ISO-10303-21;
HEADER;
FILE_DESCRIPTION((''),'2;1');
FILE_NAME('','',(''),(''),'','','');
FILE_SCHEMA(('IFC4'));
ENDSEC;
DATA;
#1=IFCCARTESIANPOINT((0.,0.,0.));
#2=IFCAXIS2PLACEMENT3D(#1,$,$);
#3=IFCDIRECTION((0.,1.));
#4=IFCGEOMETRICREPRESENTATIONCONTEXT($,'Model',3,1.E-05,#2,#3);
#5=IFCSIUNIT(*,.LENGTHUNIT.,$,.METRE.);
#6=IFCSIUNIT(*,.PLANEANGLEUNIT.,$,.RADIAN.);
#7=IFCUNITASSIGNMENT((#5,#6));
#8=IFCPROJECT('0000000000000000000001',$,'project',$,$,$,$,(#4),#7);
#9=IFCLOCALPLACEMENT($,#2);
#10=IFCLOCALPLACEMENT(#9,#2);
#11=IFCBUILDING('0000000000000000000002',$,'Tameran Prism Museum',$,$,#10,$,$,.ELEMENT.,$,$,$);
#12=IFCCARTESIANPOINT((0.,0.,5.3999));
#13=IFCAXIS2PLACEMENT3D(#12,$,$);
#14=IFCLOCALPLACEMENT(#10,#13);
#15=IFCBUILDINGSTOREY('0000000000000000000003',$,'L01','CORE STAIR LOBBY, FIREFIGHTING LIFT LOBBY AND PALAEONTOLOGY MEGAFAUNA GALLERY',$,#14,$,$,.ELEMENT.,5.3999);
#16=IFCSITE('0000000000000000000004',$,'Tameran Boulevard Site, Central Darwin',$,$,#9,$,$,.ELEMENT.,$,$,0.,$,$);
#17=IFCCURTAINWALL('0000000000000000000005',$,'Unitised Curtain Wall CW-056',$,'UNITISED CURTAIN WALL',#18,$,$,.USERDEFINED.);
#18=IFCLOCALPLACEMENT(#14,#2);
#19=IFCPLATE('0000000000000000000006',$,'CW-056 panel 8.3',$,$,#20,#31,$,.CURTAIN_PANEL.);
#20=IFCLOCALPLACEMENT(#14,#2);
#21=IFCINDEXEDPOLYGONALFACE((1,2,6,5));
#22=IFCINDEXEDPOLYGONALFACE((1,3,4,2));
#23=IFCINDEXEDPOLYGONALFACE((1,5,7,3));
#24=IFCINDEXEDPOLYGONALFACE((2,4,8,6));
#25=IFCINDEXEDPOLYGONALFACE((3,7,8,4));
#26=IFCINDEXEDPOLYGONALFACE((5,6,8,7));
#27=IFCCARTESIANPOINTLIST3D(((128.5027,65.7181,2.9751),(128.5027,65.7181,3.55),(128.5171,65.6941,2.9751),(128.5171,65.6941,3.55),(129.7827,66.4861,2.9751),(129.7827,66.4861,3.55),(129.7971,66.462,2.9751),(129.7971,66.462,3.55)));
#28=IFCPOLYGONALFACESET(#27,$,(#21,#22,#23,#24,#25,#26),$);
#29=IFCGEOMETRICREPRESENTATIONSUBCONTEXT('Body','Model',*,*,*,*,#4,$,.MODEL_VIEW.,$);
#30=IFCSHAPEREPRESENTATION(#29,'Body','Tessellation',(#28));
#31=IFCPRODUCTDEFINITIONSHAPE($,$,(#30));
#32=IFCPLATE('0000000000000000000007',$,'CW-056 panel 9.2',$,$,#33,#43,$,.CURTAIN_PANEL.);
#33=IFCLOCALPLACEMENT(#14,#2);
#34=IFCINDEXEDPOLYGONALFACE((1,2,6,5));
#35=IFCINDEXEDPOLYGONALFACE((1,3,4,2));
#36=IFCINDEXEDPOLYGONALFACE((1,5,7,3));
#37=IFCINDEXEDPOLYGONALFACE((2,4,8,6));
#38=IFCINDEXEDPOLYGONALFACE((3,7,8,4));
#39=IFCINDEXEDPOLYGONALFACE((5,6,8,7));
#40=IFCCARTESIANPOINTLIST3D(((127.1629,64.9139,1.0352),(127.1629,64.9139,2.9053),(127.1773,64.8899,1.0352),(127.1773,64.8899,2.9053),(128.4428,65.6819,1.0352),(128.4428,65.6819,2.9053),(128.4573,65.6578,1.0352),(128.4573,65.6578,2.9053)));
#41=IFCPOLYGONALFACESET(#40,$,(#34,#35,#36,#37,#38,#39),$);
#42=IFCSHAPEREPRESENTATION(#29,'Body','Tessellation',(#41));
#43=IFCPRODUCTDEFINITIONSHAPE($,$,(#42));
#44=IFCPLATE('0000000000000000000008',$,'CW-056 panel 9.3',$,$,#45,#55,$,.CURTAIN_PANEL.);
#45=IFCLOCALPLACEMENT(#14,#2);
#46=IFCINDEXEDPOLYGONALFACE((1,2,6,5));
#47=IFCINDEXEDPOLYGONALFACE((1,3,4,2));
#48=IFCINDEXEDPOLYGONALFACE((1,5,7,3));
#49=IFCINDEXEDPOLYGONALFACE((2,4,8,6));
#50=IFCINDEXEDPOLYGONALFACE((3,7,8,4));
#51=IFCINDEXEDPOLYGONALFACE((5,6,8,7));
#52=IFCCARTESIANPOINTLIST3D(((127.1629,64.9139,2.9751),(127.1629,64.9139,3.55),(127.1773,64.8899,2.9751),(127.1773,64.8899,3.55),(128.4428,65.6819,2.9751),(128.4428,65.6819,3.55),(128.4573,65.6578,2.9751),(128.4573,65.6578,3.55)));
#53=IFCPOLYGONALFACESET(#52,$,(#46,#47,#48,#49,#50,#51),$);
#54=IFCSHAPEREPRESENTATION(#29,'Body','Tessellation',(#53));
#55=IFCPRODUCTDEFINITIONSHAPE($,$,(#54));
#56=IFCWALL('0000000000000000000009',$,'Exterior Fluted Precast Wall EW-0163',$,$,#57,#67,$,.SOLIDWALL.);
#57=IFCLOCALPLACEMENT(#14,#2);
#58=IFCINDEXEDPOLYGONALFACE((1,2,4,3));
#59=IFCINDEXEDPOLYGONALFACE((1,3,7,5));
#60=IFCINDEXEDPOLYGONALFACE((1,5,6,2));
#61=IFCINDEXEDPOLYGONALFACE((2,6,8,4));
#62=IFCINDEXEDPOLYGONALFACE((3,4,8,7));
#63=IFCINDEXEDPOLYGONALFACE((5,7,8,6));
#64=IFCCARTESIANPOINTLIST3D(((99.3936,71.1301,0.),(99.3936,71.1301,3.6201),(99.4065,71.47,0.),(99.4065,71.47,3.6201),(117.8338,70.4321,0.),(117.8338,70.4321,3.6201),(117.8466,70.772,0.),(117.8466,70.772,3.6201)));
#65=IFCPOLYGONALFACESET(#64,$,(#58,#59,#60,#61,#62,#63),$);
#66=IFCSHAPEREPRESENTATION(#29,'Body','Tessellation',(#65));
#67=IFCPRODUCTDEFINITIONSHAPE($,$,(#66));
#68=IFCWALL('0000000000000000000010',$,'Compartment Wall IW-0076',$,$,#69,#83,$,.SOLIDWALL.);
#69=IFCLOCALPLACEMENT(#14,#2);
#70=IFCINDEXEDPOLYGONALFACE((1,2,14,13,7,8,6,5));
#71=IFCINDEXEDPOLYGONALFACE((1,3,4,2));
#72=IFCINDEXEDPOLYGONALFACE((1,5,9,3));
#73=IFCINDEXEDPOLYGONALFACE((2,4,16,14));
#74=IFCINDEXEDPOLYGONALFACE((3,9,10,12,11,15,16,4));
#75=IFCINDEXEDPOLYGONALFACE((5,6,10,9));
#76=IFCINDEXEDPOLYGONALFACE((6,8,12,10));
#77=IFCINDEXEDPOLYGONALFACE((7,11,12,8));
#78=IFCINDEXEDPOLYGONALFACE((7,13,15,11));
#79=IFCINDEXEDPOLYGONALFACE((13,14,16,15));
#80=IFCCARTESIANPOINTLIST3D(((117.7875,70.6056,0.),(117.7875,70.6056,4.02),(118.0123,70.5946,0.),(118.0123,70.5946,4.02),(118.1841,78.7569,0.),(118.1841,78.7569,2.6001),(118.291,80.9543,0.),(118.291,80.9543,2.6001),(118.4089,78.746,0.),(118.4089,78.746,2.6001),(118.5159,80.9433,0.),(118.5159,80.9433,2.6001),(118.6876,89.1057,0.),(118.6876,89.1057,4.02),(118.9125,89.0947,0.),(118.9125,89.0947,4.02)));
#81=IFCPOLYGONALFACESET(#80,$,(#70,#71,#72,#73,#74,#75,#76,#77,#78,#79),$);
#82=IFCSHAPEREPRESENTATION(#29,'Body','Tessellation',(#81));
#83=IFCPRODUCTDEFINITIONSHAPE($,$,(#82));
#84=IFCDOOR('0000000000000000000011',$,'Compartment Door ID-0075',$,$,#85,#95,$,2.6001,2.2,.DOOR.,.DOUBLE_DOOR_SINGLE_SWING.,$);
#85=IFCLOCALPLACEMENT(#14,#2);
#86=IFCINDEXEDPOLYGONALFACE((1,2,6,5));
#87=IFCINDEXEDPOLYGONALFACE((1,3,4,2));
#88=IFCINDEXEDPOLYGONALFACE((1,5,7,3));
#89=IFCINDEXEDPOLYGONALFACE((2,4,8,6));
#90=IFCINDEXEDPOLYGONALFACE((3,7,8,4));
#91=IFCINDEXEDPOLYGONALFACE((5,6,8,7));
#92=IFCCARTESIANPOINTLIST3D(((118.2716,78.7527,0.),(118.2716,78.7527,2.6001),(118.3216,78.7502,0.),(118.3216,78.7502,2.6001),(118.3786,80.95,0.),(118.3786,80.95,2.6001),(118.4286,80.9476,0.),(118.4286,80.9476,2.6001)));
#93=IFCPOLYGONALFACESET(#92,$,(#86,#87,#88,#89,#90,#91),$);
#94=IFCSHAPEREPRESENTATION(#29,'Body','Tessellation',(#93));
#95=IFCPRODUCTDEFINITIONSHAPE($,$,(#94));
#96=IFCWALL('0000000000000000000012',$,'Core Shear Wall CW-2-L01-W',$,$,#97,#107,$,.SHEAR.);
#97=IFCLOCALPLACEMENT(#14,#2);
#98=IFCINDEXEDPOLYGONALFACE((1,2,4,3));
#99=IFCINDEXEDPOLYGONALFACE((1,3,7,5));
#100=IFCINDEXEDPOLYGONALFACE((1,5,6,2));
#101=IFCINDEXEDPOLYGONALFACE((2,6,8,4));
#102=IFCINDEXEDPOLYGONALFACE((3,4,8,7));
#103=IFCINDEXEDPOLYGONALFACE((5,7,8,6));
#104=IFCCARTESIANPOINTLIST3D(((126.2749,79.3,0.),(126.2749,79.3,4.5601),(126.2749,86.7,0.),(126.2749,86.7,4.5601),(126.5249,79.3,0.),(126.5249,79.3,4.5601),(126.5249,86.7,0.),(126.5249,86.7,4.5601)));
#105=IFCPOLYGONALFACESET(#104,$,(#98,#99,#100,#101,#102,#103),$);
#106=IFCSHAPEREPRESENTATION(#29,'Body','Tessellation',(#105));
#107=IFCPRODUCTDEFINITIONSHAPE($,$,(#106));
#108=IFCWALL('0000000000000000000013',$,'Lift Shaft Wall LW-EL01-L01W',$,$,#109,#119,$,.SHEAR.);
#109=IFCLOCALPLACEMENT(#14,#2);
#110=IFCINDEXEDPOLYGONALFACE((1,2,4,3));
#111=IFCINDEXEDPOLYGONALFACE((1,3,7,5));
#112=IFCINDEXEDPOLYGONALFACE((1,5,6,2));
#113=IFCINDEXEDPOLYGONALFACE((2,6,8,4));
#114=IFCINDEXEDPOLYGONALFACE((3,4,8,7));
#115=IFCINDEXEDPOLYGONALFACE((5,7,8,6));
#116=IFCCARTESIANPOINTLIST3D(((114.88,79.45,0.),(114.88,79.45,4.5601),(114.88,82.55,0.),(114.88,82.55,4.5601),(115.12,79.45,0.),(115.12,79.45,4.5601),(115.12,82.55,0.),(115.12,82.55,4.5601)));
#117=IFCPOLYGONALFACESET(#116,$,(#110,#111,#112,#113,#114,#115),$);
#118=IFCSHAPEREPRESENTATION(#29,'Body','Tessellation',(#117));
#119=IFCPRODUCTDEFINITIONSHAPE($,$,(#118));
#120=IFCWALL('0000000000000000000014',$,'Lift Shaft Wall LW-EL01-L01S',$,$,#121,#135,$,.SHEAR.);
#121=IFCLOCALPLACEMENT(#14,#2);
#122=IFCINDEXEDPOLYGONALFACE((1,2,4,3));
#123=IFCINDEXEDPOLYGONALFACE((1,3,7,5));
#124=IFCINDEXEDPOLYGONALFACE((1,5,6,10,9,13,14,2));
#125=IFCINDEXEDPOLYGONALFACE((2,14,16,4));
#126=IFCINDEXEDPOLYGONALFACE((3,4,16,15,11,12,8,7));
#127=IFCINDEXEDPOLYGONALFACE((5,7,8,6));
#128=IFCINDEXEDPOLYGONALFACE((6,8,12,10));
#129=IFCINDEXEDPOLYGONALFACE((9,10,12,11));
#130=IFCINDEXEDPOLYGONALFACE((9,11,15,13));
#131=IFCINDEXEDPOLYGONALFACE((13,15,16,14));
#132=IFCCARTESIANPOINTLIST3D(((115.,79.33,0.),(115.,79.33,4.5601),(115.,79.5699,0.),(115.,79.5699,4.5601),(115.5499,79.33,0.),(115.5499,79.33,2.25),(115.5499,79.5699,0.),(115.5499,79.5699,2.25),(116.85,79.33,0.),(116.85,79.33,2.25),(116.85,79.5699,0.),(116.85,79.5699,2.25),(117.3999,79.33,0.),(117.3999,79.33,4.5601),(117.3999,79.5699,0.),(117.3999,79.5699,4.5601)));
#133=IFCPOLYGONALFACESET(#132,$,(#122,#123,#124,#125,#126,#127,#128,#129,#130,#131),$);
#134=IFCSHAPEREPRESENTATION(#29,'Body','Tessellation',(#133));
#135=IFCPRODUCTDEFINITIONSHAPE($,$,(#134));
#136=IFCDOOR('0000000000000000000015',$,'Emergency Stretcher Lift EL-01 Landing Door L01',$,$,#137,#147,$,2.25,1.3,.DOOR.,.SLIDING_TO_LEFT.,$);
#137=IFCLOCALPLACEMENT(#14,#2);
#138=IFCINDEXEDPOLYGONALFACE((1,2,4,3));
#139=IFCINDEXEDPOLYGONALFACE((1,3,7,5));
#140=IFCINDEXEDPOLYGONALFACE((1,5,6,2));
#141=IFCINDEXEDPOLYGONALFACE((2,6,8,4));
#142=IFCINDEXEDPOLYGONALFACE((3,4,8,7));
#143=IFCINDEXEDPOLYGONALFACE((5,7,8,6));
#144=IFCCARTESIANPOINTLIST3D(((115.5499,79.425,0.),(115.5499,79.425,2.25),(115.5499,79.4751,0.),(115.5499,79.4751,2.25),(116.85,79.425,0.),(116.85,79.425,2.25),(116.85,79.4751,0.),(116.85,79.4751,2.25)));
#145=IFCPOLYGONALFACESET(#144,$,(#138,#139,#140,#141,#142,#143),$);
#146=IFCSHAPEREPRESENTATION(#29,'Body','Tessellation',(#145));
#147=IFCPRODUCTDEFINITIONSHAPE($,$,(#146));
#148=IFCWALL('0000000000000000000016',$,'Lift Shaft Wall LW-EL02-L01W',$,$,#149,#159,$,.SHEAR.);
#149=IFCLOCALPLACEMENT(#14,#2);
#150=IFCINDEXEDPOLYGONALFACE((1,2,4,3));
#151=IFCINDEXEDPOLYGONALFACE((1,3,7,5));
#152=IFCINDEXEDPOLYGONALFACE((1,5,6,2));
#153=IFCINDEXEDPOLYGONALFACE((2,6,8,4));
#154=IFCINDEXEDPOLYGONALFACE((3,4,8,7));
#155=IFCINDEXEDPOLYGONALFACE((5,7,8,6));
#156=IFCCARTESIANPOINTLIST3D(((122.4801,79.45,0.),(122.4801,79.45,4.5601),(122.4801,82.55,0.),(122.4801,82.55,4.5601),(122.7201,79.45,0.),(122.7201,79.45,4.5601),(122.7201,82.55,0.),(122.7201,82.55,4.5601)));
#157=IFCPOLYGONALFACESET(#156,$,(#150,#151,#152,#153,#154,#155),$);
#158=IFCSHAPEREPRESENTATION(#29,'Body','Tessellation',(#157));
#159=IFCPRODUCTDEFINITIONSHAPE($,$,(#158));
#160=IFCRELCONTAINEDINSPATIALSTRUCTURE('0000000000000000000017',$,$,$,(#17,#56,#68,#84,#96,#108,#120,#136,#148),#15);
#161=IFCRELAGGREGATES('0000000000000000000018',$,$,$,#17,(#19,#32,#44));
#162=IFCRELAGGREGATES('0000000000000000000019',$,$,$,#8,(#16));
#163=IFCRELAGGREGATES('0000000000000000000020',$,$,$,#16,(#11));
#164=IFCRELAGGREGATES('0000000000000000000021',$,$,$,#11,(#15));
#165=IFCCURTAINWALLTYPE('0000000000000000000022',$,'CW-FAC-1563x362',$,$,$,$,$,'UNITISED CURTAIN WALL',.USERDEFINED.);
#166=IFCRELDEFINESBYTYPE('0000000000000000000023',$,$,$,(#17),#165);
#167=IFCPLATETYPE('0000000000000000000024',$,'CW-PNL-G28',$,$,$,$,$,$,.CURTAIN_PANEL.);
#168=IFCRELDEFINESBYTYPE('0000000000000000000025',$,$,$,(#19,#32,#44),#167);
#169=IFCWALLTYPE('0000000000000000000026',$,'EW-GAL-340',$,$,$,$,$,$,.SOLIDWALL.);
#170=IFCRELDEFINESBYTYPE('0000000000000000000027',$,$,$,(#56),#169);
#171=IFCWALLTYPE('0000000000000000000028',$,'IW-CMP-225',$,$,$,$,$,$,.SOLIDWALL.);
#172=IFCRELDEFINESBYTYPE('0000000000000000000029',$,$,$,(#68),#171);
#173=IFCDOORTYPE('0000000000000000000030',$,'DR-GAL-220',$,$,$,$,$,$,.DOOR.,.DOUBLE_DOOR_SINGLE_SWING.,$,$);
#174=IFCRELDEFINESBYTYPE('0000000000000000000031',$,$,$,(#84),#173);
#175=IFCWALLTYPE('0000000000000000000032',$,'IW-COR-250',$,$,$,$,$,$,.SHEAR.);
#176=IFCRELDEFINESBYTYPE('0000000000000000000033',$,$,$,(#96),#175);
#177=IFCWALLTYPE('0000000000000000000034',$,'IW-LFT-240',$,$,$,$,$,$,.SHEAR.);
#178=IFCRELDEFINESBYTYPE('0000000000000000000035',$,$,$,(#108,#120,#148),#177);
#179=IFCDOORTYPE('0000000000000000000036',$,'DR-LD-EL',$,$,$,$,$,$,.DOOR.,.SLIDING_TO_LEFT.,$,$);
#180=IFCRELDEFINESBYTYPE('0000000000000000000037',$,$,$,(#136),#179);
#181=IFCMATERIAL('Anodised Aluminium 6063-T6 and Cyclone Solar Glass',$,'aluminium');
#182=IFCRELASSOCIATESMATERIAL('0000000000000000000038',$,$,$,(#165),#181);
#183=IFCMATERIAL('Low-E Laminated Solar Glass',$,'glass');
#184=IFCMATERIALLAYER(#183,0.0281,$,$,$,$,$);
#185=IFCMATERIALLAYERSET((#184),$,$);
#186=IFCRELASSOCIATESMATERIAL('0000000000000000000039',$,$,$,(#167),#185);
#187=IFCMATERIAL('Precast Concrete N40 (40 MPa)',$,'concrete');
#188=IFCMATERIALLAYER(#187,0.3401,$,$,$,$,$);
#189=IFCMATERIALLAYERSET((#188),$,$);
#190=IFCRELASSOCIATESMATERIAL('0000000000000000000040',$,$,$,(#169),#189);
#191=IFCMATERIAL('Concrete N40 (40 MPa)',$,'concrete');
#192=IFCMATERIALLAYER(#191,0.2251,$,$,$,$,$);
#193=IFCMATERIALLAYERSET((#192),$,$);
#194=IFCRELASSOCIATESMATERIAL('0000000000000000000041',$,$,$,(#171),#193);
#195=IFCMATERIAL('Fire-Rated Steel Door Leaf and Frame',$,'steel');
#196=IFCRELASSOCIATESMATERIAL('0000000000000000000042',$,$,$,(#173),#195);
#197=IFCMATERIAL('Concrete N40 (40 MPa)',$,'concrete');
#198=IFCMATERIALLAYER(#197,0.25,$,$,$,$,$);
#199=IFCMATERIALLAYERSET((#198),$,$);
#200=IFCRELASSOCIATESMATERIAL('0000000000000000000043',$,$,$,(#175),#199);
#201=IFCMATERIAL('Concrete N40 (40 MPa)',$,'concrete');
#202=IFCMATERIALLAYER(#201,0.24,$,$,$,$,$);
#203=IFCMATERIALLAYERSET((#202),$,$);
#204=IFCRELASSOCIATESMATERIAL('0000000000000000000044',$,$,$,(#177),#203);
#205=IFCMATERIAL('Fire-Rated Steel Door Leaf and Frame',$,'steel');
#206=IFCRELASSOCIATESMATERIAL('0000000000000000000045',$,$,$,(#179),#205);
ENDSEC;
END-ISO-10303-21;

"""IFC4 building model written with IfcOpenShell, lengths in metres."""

from ifc_helpers import new_model, si_unit, direction, frame, frame_2d, origin, origin_2d, place, context, subcontext, project, spatial, rectangle, extrude, material, layer, layer_set, type_object, element, fill, aggregate, save


model = new_model("IFC4")

# Units and contexts
model_context = context("Model", 3, precision=1e-05, world=origin(), true_north=direction((0.0, 1.0)))
body_context = subcontext(model_context, "Body", "Model", "MODEL_VIEW")
ifc_project = project(units=[si_unit("LENGTHUNIT", "METRE"), si_unit("PLANEANGLEUNIT", "RADIAN")], contexts=[model_context])

# Site, building, storey
site_placement = place(None, origin())
site = spatial("IfcSite", under=ifc_project, at=site_placement, Name="Tameran Boulevard Site, Central Darwin", CompositionType="ELEMENT", RefElevation=0.0)
building_placement = place(site_placement, origin())
building = spatial("IfcBuilding", under=site, at=building_placement, Name="Tameran Prism Museum", CompositionType="ELEMENT")
storey_placement = place(building_placement, frame((0.0, 0.0, 5.3999)))
storey = spatial("IfcBuildingStorey", under=building, at=storey_placement, Name="L01", Description="CORE STAIR LOBBY, FIREFIGHTING LIFT LOBBY AND PALAEONTOLOGY MEGAFAUNA GALLERY", CompositionType="ELEMENT", Elevation=5.3999)

# Curtain wall, plates
ifc_material_1 = material(Name="Anodised Aluminium 6063-T6 and Cyclone Solar Glass", Category="aluminium")
curtain_wall_type = type_object("IfcCurtainWallType", Name="CW-FAC-1563x362", ElementType="UNITISED CURTAIN WALL", PredefinedType="USERDEFINED", material=ifc_material_1)
curtain_wall_placement = place(storey_placement, origin())
curtain_wall = element("IfcCurtainWall", 1, at=curtain_wall_placement, inside=storey, type_object=curtain_wall_type, Name="Unitised Curtain Wall CW-056", ObjectType="UNITISED CURTAIN WALL", PredefinedType="USERDEFINED")
ifc_material_2 = material(Name="Low-E Laminated Solar Glass", Category="glass")
ifc_layer_1 = layer(ifc_material_2, 0.0281)
ifc_layer_set_1 = layer_set([ifc_layer_1])
plate_type = type_object("IfcPlateType", Name="CW-PNL-G28", PredefinedType="CURTAIN_PANEL", material=ifc_layer_set_1)
plate_1_placement = place(storey_placement, frame((129.1499, 66.0901, 2.9751), z_axis=(0.0, 0.0, 1.0), x_axis=(-0.857493, -0.514496, 0.0)))
plate_1 = element("IfcPlate", 2, at=plate_1_placement, type_object=plate_type, Name="CW-056 panel 8.3", PredefinedType="CURTAIN_PANEL", context=body_context, shape_type="SweptSolid", body=[
    extrude(rectangle(XDim=1.4927, YDim=0.0281, at=origin_2d()), origin(), (0.0, 0.0, 1.0), 0.575),
])
plate_2_placement = place(storey_placement, frame((127.8101, 65.2859, 1.0352), z_axis=(0.0, 0.0, 1.0), x_axis=(-0.857493, -0.514496, 0.0)))
plate_2 = element("IfcPlate", 3, at=plate_2_placement, type_object=plate_type, Name="CW-056 panel 9.2", PredefinedType="CURTAIN_PANEL", context=body_context, shape_type="SweptSolid", body=[
    extrude(rectangle(XDim=1.4927, YDim=0.0281, at=origin_2d()), origin(), (0.0, 0.0, 1.0), 1.8701),
])
plate_3_placement = place(storey_placement, frame((127.8101, 65.2859, 2.9751), z_axis=(0.0, 0.0, 1.0), x_axis=(-0.857493, -0.514496, 0.0)))
plate_3 = element("IfcPlate", 4, at=plate_3_placement, type_object=plate_type, Name="CW-056 panel 9.3", PredefinedType="CURTAIN_PANEL", context=body_context, shape_type="SweptSolid", body=[
    extrude(rectangle(XDim=1.4927, YDim=0.0281, at=origin_2d()), origin(), (0.0, 0.0, 1.0), 0.575),
])
aggregate(curtain_wall, [plate_1, plate_2, plate_3])

# Wall
ifc_material_3 = material(Name="Precast Concrete N40 (40 MPa)", Category="concrete")
ifc_layer_2 = layer(ifc_material_3, 0.3401)
ifc_layer_set_2 = layer_set([ifc_layer_2])
wall_type_1 = type_object("IfcWallType", Name="EW-GAL-340", PredefinedType="SOLIDWALL", material=ifc_layer_set_2)
wall_1_placement = place(storey_placement, frame((117.8401, 70.6021, 0.0), z_axis=(0.0, 0.0, 1.0), x_axis=(-0.999284, 0.037825, 0.0)))
element("IfcWall", 5, at=wall_1_placement, inside=storey, type_object=wall_type_1, Name="Exterior Fluted Precast Wall EW-0163", PredefinedType="SOLIDWALL", context=body_context, shape_type="SweptSolid", body=[
    extrude(rectangle(XDim=18.4534, YDim=0.3401, at=frame_2d((9.2266, 0.0))), origin(), (0.0, 0.0, 1.0), 3.6201),
])

# Wall, opening, door
ifc_material_4 = material(Name="Concrete N40 (40 MPa)", Category="concrete")
ifc_layer_3 = layer(ifc_material_4, 0.2251)
ifc_layer_set_3 = layer_set([ifc_layer_3])
wall_type_2 = type_object("IfcWallType", Name="IW-CMP-225", PredefinedType="SOLIDWALL", material=ifc_layer_set_3)
wall_2_placement = place(storey_placement, frame((117.8999, 70.6001, 0.0), z_axis=(0.0, 0.0, 1.0), x_axis=(0.048599, 0.998818, 0.0)))
wall_2 = element("IfcWall", 6, at=wall_2_placement, inside=storey, type_object=wall_type_2, Name="Compartment Wall IW-0076", PredefinedType="SOLIDWALL", context=body_context, shape_type="SweptSolid", body=[
    extrude(rectangle(XDim=18.522, YDim=0.2251, at=frame_2d((9.261, 0.0))), origin(), (0.0, 0.0, 1.0), 4.02),
])
opening_1_placement = place(wall_2_placement, frame((8.1609, 0.0, 0.0)))
opening_1 = element("IfcOpeningElement", 7, at=opening_1_placement, cuts=wall_2, PredefinedType="OPENING", context=body_context, shape_type="SweptSolid", body=[
    extrude(rectangle(XDim=2.2, YDim=2.6001, at=frame_2d((1.1001, 1.3))), frame((0.0, 0.1226, 0.0), z_axis=(0.0, -1.0, 0.0), x_axis=(1.0, 0.0, 0.0)), (0.0, 0.0, 1.0), 0.2451),
])
ifc_material_5 = material(Name="Fire-Rated Steel Door Leaf and Frame", Category="steel")
door_type_1 = type_object("IfcDoorType", Name="DR-GAL-220", OperationType="DOUBLE_DOOR_SINGLE_SWING", PredefinedType="DOOR", material=ifc_material_5)
door_1_placement = place(opening_1_placement, origin())
door_1 = element("IfcDoor", 8, at=door_1_placement, inside=storey, type_object=door_type_1, Name="Compartment Door ID-0075", OperationType="DOUBLE_DOOR_SINGLE_SWING", OverallHeight=2.6001, OverallWidth=2.2, PredefinedType="DOOR", context=body_context, shape_type="SweptSolid", body=[
    extrude(rectangle(XDim=2.2, YDim=2.6001, at=frame_2d((1.1001, 1.3))), frame((0.0, 0.0249, 0.0), z_axis=(0.0, -1.0, 0.0), x_axis=(1.0, 0.0, 0.0)), (0.0, 0.0, 1.0), 0.05),
])
fill(opening_1, door_1)

# Walls
ifc_material_6 = material(Name="Concrete N40 (40 MPa)", Category="concrete")
ifc_layer_4 = layer(ifc_material_6, 0.25)
ifc_layer_set_4 = layer_set([ifc_layer_4])
wall_type_3 = type_object("IfcWallType", Name="IW-COR-250", PredefinedType="SHEAR", material=ifc_layer_set_4)
wall_3_placement = place(storey_placement, frame((126.3999, 79.3, 0.0), z_axis=(0.0, 0.0, 1.0), x_axis=(0.0, 1.0, 0.0)))
element("IfcWall", 9, at=wall_3_placement, inside=storey, type_object=wall_type_3, Name="Core Shear Wall CW-2-L01-W", PredefinedType="SHEAR", context=body_context, shape_type="SweptSolid", body=[
    extrude(rectangle(XDim=7.3999, YDim=0.25, at=frame_2d((3.7, 0.0))), origin(), (0.0, 0.0, 1.0), 4.5601),
])
ifc_material_7 = material(Name="Concrete N40 (40 MPa)", Category="concrete")
ifc_layer_5 = layer(ifc_material_7, 0.24)
ifc_layer_set_5 = layer_set([ifc_layer_5])
wall_type_4 = type_object("IfcWallType", Name="IW-LFT-240", PredefinedType="SHEAR", material=ifc_layer_set_5)
wall_4_placement = place(storey_placement, frame((115.0, 79.45, 0.0), z_axis=(0.0, 0.0, 1.0), x_axis=(0.0, 1.0, 0.0)))
element("IfcWall", 10, at=wall_4_placement, inside=storey, type_object=wall_type_4, Name="Lift Shaft Wall LW-EL01-L01W", PredefinedType="SHEAR", context=body_context, shape_type="SweptSolid", body=[
    extrude(rectangle(XDim=3.1001, YDim=0.24, at=frame_2d((1.55, 0.0))), origin(), (0.0, 0.0, 1.0), 4.5601),
])

# Wall, opening, door
wall_5_placement = place(storey_placement, frame((117.3999, 79.45, 0.0), z_axis=(0.0, 0.0, 1.0), x_axis=(-1.0, 0.0, 0.0)))
wall_5 = element("IfcWall", 11, at=wall_5_placement, inside=storey, type_object=wall_type_4, Name="Lift Shaft Wall LW-EL01-L01S", PredefinedType="SHEAR", context=body_context, shape_type="SweptSolid", body=[
    extrude(rectangle(XDim=2.3999, YDim=0.24, at=frame_2d((1.2, 0.0))), origin(), (0.0, 0.0, 1.0), 4.5601),
])
opening_2_placement = place(wall_5_placement, frame((0.55, 0.0, 0.0)))
opening_2 = element("IfcOpeningElement", 12, at=opening_2_placement, cuts=wall_5, PredefinedType="OPENING", context=body_context, shape_type="SweptSolid", body=[
    extrude(rectangle(XDim=1.3, YDim=2.25, at=frame_2d((0.6499, 1.125))), frame((0.0, 0.1299, 0.0), z_axis=(0.0, -1.0, 0.0), x_axis=(1.0, 0.0, 0.0)), (0.0, 0.0, 1.0), 0.26),
])
ifc_material_8 = material(Name="Fire-Rated Steel Door Leaf and Frame", Category="steel")
door_type_2 = type_object("IfcDoorType", Name="DR-LD-EL", OperationType="SLIDING_TO_LEFT", PredefinedType="DOOR", material=ifc_material_8)
door_2_placement = place(opening_2_placement, origin())
door_2 = element("IfcDoor", 13, at=door_2_placement, inside=storey, type_object=door_type_2, Name="Emergency Stretcher Lift EL-01 Landing Door L01", OperationType="SLIDING_TO_LEFT", OverallHeight=2.25, OverallWidth=1.3, PredefinedType="DOOR", context=body_context, shape_type="SweptSolid", body=[
    extrude(rectangle(XDim=1.3, YDim=2.25, at=frame_2d((0.6499, 1.125))), frame((0.0, 0.0249, 0.0), z_axis=(0.0, -1.0, 0.0), x_axis=(1.0, 0.0, 0.0)), (0.0, 0.0, 1.0), 0.05),
])
fill(opening_2, door_2)

# Wall
wall_6_placement = place(storey_placement, frame((122.6001, 79.45, 0.0), z_axis=(0.0, 0.0, 1.0), x_axis=(0.0, 1.0, 0.0)))
element("IfcWall", 14, at=wall_6_placement, inside=storey, type_object=wall_type_4, Name="Lift Shaft Wall LW-EL02-L01W", PredefinedType="SHEAR", context=body_context, shape_type="SweptSolid", body=[
    extrude(rectangle(XDim=3.1001, YDim=0.24, at=frame_2d((1.55, 0.0))), origin(), (0.0, 0.0, 1.0), 4.5601),
])

save(model, "model.ifc")
